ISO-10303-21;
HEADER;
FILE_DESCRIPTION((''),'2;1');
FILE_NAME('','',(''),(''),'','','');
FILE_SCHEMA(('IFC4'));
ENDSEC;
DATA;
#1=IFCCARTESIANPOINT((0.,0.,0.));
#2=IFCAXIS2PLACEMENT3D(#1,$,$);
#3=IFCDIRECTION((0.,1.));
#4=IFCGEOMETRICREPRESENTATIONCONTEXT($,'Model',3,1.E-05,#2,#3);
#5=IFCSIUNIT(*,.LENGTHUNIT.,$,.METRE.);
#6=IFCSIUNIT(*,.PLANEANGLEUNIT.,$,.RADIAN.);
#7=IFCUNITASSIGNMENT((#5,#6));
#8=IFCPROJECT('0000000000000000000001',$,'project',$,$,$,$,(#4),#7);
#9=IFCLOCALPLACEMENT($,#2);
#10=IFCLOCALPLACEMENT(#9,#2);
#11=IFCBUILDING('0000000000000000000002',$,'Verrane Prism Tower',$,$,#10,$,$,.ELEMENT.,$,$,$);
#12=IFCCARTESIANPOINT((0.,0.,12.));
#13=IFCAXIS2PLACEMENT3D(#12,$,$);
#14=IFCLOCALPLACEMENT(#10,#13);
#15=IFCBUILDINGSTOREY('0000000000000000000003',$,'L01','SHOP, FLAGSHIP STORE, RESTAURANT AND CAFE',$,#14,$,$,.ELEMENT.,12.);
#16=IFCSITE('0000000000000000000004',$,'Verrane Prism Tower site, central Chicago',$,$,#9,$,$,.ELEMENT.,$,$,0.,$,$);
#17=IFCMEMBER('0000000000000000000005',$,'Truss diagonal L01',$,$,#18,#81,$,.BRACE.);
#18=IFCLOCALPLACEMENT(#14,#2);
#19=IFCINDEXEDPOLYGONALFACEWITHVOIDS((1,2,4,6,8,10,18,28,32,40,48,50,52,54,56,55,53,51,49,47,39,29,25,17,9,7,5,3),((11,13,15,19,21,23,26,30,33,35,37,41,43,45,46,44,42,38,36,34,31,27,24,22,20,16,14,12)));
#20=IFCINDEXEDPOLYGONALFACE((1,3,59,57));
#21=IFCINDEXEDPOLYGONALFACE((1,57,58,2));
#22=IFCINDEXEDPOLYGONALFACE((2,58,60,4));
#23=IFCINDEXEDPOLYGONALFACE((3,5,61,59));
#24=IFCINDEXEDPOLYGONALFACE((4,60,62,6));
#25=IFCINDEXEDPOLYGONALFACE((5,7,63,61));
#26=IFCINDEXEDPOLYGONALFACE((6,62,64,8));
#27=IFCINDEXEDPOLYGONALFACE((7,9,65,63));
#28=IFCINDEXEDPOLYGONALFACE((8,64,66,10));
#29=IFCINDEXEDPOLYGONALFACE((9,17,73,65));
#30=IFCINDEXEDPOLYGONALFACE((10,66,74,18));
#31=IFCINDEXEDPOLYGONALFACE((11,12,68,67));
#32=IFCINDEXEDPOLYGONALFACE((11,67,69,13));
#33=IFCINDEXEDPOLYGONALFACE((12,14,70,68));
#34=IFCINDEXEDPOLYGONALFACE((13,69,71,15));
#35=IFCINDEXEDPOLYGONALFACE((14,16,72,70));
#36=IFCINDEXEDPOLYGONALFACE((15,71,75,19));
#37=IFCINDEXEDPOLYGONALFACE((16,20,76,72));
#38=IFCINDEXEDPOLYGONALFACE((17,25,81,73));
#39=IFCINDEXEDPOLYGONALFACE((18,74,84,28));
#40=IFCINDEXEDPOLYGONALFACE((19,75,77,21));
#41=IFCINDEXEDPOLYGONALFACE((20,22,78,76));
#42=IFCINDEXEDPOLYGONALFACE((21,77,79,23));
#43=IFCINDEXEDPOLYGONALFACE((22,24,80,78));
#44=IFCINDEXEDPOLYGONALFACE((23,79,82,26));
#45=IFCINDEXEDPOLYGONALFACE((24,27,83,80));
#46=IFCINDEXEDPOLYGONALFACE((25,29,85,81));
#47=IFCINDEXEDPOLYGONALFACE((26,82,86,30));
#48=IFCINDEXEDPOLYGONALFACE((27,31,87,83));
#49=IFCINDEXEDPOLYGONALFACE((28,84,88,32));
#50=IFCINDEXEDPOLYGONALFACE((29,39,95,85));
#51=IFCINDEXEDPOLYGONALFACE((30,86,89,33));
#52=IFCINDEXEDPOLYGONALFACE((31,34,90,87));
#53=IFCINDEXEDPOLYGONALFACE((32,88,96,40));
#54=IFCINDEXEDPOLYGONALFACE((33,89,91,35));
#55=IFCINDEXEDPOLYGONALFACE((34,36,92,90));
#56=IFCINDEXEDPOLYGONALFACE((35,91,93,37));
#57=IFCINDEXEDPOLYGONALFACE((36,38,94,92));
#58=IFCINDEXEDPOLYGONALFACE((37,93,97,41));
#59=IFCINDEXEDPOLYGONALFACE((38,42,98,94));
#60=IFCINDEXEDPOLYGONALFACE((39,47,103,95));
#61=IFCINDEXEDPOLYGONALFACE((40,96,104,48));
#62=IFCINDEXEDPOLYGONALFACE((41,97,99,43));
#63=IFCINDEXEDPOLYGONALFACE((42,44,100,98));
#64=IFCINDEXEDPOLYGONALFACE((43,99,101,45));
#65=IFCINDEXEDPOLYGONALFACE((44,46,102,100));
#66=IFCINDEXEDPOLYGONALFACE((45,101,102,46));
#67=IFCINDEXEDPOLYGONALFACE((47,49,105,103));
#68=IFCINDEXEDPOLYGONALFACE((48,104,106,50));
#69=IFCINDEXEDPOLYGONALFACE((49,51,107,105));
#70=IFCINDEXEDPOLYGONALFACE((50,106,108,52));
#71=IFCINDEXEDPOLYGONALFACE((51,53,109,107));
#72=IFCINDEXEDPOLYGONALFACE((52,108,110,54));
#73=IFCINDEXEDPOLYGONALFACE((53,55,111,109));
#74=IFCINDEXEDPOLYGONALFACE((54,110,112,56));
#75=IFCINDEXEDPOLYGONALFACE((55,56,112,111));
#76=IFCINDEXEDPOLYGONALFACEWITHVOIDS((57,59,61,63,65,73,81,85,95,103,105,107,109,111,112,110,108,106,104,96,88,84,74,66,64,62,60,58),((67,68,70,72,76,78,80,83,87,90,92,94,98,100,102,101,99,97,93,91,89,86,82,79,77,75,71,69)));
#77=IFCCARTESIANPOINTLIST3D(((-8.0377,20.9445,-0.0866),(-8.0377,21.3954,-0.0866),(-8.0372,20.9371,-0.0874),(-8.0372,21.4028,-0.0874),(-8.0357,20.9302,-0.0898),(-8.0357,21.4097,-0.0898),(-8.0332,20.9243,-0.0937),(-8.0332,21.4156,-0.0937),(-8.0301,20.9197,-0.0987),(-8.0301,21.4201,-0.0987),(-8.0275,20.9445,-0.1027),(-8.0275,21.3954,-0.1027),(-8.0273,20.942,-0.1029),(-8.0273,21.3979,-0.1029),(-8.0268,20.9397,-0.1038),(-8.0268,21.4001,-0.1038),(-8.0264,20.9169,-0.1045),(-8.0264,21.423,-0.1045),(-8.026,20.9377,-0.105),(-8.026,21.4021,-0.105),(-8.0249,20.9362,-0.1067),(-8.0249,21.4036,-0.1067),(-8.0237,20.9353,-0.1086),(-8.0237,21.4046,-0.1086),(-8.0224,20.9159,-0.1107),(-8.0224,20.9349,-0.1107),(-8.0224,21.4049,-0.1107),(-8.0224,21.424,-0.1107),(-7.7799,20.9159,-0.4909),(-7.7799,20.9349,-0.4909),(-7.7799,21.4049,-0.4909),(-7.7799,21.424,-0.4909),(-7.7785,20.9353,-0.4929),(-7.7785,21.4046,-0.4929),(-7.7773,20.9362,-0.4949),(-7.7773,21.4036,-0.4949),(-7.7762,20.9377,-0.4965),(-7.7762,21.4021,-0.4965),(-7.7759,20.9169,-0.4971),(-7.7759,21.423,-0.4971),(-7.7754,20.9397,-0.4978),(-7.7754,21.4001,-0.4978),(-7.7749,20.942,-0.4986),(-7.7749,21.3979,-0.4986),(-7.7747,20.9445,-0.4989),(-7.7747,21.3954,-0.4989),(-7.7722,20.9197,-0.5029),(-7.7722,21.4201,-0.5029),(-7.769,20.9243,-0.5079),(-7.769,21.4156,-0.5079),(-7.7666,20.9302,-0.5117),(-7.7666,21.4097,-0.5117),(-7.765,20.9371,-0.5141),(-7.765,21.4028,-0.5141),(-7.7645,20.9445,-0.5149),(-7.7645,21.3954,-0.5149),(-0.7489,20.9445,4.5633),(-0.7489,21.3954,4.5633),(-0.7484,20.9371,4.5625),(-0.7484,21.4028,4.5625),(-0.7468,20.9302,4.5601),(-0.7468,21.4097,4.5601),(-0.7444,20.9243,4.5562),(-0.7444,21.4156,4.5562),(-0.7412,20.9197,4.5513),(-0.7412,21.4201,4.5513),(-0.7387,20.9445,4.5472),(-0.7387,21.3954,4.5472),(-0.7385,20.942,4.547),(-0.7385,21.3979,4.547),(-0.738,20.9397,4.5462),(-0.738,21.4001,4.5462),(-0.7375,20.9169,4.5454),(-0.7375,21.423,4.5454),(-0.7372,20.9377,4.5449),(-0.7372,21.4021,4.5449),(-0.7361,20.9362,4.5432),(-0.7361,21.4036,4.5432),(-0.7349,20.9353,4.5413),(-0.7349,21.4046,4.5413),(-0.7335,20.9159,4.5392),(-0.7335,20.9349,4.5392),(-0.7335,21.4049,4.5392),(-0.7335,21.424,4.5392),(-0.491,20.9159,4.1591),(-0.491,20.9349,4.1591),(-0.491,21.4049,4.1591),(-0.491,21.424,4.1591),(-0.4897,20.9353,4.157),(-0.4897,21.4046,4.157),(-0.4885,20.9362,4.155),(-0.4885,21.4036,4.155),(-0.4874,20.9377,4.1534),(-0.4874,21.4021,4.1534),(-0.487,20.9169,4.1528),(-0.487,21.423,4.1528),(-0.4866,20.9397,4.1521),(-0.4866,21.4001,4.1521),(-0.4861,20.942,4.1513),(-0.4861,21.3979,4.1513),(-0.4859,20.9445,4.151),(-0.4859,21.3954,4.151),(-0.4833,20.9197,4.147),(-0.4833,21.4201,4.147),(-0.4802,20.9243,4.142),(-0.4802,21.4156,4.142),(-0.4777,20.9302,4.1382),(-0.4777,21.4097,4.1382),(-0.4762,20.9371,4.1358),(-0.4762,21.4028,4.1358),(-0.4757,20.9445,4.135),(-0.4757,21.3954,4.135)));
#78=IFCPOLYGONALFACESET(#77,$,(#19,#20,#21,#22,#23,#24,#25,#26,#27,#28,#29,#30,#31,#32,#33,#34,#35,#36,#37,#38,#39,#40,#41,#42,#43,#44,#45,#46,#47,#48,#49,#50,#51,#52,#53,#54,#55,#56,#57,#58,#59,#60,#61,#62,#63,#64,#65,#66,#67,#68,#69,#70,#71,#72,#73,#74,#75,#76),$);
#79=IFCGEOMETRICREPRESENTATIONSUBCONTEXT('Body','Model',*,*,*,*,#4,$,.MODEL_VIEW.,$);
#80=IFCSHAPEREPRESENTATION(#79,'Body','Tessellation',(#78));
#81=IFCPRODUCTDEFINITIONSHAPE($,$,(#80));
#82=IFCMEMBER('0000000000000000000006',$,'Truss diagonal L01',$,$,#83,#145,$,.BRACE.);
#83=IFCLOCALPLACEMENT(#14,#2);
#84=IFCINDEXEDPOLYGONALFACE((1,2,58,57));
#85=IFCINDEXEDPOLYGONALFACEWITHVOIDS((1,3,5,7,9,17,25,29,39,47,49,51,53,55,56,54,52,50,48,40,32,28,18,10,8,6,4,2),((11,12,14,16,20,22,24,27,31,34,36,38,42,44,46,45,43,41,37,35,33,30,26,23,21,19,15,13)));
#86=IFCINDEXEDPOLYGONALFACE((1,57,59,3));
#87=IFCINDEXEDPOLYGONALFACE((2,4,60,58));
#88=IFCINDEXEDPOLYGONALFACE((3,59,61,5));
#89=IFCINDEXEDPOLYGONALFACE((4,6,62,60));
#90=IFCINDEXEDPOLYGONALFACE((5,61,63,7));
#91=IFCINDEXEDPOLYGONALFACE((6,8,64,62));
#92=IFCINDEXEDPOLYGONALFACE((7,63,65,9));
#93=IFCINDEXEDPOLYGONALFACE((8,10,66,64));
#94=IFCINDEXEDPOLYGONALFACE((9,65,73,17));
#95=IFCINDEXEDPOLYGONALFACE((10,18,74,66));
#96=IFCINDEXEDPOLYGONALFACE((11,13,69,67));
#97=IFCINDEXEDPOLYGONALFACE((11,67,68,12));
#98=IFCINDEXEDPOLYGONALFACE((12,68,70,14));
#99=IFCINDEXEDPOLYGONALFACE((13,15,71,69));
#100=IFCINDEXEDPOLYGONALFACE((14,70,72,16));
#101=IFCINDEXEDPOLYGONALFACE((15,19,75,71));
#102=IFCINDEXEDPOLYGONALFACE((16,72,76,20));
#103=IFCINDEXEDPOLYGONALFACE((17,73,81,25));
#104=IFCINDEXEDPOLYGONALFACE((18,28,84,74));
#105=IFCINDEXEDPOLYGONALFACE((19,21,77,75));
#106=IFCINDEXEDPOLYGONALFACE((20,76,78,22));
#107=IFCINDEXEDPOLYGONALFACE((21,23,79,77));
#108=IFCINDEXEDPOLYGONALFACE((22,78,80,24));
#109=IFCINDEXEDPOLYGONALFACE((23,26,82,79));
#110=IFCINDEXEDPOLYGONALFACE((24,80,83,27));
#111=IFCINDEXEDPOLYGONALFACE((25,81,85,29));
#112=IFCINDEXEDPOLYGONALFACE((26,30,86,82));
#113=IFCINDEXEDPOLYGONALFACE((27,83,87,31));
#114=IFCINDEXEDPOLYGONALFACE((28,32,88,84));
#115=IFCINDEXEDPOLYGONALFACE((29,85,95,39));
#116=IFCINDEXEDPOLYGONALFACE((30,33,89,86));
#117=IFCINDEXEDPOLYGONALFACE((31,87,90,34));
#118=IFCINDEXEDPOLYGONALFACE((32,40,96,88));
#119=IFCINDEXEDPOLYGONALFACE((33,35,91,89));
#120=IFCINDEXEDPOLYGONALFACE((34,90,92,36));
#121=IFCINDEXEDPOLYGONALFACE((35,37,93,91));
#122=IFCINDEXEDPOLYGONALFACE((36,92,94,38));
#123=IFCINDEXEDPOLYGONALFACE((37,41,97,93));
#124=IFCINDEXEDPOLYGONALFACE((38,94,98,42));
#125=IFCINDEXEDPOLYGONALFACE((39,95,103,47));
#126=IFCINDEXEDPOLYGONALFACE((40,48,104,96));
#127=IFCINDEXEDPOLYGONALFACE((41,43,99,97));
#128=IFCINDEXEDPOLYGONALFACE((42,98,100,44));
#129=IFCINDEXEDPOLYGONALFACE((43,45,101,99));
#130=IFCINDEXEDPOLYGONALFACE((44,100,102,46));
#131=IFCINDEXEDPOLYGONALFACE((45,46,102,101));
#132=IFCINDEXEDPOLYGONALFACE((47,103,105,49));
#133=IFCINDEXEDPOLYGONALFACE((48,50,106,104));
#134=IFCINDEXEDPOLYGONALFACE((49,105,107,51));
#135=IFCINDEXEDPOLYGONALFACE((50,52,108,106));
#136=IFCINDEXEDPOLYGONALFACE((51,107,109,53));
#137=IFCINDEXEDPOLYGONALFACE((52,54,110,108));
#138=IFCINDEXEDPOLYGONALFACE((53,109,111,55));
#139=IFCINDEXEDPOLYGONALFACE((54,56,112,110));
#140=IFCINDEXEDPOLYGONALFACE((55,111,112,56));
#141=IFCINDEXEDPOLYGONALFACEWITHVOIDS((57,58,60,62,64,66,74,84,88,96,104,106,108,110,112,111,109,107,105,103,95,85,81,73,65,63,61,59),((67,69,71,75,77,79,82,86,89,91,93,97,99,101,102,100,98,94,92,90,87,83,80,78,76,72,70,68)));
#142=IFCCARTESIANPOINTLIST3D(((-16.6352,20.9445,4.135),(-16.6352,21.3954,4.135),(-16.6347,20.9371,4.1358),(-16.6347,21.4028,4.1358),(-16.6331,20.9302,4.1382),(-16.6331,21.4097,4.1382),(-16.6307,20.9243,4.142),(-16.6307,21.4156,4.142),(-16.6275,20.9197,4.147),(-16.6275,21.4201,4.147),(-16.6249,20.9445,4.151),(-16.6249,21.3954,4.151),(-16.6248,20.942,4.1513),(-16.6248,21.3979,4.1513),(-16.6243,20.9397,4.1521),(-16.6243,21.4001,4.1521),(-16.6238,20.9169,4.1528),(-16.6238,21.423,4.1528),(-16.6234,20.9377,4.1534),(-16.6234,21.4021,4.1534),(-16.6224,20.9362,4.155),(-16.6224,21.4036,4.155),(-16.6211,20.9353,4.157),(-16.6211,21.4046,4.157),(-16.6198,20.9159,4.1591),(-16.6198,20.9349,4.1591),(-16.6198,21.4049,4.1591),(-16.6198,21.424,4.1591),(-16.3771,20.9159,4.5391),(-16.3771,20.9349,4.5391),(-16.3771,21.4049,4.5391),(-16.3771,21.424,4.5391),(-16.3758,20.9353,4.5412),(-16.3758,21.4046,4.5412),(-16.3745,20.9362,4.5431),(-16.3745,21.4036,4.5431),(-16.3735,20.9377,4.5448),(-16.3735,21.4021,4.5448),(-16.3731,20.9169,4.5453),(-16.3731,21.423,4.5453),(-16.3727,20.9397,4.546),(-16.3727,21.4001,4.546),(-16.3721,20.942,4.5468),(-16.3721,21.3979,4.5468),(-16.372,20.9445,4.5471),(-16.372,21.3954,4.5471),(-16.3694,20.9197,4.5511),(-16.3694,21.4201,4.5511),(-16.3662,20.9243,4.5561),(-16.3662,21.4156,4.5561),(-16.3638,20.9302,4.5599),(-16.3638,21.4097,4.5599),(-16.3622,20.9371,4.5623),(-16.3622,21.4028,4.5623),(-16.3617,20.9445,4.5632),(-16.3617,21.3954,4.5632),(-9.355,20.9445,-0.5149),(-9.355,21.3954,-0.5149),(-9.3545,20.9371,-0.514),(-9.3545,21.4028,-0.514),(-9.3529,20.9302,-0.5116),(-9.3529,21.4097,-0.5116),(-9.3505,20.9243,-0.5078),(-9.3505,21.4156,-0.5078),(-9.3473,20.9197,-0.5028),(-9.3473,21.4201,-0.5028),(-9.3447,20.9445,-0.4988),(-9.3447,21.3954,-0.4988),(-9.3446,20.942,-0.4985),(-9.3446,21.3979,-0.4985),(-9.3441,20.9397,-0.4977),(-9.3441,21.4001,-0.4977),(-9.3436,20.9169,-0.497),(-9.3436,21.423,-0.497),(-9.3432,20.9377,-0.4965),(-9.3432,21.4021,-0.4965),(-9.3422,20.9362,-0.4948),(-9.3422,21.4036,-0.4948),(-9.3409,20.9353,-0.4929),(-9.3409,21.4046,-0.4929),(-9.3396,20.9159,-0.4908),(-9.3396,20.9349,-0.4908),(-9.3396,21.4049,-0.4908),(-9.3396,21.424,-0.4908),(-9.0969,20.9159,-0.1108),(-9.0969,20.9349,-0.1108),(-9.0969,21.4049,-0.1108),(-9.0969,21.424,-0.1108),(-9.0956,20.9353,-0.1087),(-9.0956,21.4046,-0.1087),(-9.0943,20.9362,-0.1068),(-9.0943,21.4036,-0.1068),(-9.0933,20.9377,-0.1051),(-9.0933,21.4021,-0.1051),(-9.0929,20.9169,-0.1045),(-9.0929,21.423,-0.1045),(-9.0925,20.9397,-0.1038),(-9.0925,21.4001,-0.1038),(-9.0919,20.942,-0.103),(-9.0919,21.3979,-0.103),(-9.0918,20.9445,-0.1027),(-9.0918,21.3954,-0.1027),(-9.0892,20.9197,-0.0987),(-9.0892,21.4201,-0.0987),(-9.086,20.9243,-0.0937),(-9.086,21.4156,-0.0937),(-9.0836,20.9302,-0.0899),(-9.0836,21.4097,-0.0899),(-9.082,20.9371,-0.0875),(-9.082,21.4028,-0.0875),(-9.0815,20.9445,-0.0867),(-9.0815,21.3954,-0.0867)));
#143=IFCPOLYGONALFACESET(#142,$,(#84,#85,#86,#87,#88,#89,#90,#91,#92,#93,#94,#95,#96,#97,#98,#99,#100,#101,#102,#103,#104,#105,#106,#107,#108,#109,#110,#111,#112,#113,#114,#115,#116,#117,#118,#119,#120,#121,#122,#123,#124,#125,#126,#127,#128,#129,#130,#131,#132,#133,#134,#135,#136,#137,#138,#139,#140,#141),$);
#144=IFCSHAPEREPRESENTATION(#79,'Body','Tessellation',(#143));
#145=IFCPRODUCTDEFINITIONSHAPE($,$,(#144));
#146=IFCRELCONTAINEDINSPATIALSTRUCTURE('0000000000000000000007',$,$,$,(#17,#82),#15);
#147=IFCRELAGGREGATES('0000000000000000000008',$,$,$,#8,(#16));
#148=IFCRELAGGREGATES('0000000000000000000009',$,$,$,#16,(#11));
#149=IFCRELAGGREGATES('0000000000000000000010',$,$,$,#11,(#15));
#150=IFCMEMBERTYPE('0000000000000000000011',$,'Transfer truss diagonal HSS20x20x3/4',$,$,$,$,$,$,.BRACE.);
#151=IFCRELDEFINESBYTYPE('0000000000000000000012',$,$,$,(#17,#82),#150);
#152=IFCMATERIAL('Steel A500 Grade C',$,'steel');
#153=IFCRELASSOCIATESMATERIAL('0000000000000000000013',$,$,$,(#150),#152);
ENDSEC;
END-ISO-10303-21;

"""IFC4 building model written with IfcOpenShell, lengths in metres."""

from ifc_helpers import new_model, si_unit, direction, frame, origin, origin_2d, place, context, subcontext, project, spatial, hollow_rectangle, extrude, material, material_profile, profile_set, type_object, element, save


model = new_model("IFC4")

# Units and contexts
model_context = context("Model", 3, precision=1e-05, world=origin(), true_north=direction((0.0, 1.0)))
body_context = subcontext(model_context, "Body", "Model", "MODEL_VIEW")
ifc_project = project(units=[si_unit("LENGTHUNIT", "METRE"), si_unit("PLANEANGLEUNIT", "RADIAN")], contexts=[model_context])

# Site, building, storey
site_placement = place(None, origin())
site = spatial("IfcSite", under=ifc_project, at=site_placement, Name="Verrane Prism Tower site, central Chicago", CompositionType="ELEMENT", RefElevation=0.0)
building_placement = place(site_placement, origin())
building = spatial("IfcBuilding", under=site, at=building_placement, Name="Verrane Prism Tower", CompositionType="ELEMENT")
storey_placement = place(building_placement, frame((0.0, 0.0, 12.0)))
storey = spatial("IfcBuildingStorey", under=building, at=storey_placement, Name="L01", Description="SHOP, FLAGSHIP STORE, RESTAURANT AND CAFE", CompositionType="ELEMENT", Elevation=12.0)

# Members
ifc_material_1 = material(Name="Steel A500 Grade C", Category="steel")
ifc_material_profile_1 = material_profile(ifc_material_1, hollow_rectangle(XDim=0.5081, YDim=0.5081, WallThickness=0.019, InnerFilletRadius=0.0095, OuterFilletRadius=0.0286, at=origin_2d()), Name="HSS20x20x3/4")
ifc_profile_set_1 = profile_set([ifc_material_profile_1], Name="Steel A500 Grade C")
member_type_1 = type_object("IfcMemberType", Name="Transfer truss diagonal HSS20x20x3/4", PredefinedType="BRACE", material=ifc_profile_set_1)
member_1_placement = place(storey_placement, frame((-7.9011, 21.1699, -0.3008), z_axis=(0.843055, 0.0, 0.537827), x_axis=(0.0, 1.0, 0.0)))
element("IfcMember", 1, at=member_1_placement, inside=storey, type_object=member_type_1, Name="Truss diagonal L01", PredefinedType="BRACE", context=body_context, shape_type="SweptSolid", body=[
    extrude(hollow_rectangle(XDim=0.5081, YDim=0.5081, WallThickness=0.019, InnerFilletRadius=0.0095, OuterFilletRadius=0.0286, at=origin_2d()), origin(), (0.0, 0.0, 1.0), 8.6458),
])
member_2_placement = place(storey_placement, frame((-9.2183, 21.1699, -0.3008), z_axis=(-0.842769, 0.0, 0.538276), x_axis=(0.0, -1.0, 0.0)))
element("IfcMember", 2, at=member_2_placement, inside=storey, type_object=member_type_1, Name="Truss diagonal L01", PredefinedType="BRACE", context=body_context, shape_type="SweptSolid", body=[
    extrude(hollow_rectangle(XDim=0.5081, YDim=0.5081, WallThickness=0.019, InnerFilletRadius=0.0095, OuterFilletRadius=0.0286, at=origin_2d()), origin(), (0.0, 0.0, 1.0), 8.6384),
])

save(model, "model.ifc")
